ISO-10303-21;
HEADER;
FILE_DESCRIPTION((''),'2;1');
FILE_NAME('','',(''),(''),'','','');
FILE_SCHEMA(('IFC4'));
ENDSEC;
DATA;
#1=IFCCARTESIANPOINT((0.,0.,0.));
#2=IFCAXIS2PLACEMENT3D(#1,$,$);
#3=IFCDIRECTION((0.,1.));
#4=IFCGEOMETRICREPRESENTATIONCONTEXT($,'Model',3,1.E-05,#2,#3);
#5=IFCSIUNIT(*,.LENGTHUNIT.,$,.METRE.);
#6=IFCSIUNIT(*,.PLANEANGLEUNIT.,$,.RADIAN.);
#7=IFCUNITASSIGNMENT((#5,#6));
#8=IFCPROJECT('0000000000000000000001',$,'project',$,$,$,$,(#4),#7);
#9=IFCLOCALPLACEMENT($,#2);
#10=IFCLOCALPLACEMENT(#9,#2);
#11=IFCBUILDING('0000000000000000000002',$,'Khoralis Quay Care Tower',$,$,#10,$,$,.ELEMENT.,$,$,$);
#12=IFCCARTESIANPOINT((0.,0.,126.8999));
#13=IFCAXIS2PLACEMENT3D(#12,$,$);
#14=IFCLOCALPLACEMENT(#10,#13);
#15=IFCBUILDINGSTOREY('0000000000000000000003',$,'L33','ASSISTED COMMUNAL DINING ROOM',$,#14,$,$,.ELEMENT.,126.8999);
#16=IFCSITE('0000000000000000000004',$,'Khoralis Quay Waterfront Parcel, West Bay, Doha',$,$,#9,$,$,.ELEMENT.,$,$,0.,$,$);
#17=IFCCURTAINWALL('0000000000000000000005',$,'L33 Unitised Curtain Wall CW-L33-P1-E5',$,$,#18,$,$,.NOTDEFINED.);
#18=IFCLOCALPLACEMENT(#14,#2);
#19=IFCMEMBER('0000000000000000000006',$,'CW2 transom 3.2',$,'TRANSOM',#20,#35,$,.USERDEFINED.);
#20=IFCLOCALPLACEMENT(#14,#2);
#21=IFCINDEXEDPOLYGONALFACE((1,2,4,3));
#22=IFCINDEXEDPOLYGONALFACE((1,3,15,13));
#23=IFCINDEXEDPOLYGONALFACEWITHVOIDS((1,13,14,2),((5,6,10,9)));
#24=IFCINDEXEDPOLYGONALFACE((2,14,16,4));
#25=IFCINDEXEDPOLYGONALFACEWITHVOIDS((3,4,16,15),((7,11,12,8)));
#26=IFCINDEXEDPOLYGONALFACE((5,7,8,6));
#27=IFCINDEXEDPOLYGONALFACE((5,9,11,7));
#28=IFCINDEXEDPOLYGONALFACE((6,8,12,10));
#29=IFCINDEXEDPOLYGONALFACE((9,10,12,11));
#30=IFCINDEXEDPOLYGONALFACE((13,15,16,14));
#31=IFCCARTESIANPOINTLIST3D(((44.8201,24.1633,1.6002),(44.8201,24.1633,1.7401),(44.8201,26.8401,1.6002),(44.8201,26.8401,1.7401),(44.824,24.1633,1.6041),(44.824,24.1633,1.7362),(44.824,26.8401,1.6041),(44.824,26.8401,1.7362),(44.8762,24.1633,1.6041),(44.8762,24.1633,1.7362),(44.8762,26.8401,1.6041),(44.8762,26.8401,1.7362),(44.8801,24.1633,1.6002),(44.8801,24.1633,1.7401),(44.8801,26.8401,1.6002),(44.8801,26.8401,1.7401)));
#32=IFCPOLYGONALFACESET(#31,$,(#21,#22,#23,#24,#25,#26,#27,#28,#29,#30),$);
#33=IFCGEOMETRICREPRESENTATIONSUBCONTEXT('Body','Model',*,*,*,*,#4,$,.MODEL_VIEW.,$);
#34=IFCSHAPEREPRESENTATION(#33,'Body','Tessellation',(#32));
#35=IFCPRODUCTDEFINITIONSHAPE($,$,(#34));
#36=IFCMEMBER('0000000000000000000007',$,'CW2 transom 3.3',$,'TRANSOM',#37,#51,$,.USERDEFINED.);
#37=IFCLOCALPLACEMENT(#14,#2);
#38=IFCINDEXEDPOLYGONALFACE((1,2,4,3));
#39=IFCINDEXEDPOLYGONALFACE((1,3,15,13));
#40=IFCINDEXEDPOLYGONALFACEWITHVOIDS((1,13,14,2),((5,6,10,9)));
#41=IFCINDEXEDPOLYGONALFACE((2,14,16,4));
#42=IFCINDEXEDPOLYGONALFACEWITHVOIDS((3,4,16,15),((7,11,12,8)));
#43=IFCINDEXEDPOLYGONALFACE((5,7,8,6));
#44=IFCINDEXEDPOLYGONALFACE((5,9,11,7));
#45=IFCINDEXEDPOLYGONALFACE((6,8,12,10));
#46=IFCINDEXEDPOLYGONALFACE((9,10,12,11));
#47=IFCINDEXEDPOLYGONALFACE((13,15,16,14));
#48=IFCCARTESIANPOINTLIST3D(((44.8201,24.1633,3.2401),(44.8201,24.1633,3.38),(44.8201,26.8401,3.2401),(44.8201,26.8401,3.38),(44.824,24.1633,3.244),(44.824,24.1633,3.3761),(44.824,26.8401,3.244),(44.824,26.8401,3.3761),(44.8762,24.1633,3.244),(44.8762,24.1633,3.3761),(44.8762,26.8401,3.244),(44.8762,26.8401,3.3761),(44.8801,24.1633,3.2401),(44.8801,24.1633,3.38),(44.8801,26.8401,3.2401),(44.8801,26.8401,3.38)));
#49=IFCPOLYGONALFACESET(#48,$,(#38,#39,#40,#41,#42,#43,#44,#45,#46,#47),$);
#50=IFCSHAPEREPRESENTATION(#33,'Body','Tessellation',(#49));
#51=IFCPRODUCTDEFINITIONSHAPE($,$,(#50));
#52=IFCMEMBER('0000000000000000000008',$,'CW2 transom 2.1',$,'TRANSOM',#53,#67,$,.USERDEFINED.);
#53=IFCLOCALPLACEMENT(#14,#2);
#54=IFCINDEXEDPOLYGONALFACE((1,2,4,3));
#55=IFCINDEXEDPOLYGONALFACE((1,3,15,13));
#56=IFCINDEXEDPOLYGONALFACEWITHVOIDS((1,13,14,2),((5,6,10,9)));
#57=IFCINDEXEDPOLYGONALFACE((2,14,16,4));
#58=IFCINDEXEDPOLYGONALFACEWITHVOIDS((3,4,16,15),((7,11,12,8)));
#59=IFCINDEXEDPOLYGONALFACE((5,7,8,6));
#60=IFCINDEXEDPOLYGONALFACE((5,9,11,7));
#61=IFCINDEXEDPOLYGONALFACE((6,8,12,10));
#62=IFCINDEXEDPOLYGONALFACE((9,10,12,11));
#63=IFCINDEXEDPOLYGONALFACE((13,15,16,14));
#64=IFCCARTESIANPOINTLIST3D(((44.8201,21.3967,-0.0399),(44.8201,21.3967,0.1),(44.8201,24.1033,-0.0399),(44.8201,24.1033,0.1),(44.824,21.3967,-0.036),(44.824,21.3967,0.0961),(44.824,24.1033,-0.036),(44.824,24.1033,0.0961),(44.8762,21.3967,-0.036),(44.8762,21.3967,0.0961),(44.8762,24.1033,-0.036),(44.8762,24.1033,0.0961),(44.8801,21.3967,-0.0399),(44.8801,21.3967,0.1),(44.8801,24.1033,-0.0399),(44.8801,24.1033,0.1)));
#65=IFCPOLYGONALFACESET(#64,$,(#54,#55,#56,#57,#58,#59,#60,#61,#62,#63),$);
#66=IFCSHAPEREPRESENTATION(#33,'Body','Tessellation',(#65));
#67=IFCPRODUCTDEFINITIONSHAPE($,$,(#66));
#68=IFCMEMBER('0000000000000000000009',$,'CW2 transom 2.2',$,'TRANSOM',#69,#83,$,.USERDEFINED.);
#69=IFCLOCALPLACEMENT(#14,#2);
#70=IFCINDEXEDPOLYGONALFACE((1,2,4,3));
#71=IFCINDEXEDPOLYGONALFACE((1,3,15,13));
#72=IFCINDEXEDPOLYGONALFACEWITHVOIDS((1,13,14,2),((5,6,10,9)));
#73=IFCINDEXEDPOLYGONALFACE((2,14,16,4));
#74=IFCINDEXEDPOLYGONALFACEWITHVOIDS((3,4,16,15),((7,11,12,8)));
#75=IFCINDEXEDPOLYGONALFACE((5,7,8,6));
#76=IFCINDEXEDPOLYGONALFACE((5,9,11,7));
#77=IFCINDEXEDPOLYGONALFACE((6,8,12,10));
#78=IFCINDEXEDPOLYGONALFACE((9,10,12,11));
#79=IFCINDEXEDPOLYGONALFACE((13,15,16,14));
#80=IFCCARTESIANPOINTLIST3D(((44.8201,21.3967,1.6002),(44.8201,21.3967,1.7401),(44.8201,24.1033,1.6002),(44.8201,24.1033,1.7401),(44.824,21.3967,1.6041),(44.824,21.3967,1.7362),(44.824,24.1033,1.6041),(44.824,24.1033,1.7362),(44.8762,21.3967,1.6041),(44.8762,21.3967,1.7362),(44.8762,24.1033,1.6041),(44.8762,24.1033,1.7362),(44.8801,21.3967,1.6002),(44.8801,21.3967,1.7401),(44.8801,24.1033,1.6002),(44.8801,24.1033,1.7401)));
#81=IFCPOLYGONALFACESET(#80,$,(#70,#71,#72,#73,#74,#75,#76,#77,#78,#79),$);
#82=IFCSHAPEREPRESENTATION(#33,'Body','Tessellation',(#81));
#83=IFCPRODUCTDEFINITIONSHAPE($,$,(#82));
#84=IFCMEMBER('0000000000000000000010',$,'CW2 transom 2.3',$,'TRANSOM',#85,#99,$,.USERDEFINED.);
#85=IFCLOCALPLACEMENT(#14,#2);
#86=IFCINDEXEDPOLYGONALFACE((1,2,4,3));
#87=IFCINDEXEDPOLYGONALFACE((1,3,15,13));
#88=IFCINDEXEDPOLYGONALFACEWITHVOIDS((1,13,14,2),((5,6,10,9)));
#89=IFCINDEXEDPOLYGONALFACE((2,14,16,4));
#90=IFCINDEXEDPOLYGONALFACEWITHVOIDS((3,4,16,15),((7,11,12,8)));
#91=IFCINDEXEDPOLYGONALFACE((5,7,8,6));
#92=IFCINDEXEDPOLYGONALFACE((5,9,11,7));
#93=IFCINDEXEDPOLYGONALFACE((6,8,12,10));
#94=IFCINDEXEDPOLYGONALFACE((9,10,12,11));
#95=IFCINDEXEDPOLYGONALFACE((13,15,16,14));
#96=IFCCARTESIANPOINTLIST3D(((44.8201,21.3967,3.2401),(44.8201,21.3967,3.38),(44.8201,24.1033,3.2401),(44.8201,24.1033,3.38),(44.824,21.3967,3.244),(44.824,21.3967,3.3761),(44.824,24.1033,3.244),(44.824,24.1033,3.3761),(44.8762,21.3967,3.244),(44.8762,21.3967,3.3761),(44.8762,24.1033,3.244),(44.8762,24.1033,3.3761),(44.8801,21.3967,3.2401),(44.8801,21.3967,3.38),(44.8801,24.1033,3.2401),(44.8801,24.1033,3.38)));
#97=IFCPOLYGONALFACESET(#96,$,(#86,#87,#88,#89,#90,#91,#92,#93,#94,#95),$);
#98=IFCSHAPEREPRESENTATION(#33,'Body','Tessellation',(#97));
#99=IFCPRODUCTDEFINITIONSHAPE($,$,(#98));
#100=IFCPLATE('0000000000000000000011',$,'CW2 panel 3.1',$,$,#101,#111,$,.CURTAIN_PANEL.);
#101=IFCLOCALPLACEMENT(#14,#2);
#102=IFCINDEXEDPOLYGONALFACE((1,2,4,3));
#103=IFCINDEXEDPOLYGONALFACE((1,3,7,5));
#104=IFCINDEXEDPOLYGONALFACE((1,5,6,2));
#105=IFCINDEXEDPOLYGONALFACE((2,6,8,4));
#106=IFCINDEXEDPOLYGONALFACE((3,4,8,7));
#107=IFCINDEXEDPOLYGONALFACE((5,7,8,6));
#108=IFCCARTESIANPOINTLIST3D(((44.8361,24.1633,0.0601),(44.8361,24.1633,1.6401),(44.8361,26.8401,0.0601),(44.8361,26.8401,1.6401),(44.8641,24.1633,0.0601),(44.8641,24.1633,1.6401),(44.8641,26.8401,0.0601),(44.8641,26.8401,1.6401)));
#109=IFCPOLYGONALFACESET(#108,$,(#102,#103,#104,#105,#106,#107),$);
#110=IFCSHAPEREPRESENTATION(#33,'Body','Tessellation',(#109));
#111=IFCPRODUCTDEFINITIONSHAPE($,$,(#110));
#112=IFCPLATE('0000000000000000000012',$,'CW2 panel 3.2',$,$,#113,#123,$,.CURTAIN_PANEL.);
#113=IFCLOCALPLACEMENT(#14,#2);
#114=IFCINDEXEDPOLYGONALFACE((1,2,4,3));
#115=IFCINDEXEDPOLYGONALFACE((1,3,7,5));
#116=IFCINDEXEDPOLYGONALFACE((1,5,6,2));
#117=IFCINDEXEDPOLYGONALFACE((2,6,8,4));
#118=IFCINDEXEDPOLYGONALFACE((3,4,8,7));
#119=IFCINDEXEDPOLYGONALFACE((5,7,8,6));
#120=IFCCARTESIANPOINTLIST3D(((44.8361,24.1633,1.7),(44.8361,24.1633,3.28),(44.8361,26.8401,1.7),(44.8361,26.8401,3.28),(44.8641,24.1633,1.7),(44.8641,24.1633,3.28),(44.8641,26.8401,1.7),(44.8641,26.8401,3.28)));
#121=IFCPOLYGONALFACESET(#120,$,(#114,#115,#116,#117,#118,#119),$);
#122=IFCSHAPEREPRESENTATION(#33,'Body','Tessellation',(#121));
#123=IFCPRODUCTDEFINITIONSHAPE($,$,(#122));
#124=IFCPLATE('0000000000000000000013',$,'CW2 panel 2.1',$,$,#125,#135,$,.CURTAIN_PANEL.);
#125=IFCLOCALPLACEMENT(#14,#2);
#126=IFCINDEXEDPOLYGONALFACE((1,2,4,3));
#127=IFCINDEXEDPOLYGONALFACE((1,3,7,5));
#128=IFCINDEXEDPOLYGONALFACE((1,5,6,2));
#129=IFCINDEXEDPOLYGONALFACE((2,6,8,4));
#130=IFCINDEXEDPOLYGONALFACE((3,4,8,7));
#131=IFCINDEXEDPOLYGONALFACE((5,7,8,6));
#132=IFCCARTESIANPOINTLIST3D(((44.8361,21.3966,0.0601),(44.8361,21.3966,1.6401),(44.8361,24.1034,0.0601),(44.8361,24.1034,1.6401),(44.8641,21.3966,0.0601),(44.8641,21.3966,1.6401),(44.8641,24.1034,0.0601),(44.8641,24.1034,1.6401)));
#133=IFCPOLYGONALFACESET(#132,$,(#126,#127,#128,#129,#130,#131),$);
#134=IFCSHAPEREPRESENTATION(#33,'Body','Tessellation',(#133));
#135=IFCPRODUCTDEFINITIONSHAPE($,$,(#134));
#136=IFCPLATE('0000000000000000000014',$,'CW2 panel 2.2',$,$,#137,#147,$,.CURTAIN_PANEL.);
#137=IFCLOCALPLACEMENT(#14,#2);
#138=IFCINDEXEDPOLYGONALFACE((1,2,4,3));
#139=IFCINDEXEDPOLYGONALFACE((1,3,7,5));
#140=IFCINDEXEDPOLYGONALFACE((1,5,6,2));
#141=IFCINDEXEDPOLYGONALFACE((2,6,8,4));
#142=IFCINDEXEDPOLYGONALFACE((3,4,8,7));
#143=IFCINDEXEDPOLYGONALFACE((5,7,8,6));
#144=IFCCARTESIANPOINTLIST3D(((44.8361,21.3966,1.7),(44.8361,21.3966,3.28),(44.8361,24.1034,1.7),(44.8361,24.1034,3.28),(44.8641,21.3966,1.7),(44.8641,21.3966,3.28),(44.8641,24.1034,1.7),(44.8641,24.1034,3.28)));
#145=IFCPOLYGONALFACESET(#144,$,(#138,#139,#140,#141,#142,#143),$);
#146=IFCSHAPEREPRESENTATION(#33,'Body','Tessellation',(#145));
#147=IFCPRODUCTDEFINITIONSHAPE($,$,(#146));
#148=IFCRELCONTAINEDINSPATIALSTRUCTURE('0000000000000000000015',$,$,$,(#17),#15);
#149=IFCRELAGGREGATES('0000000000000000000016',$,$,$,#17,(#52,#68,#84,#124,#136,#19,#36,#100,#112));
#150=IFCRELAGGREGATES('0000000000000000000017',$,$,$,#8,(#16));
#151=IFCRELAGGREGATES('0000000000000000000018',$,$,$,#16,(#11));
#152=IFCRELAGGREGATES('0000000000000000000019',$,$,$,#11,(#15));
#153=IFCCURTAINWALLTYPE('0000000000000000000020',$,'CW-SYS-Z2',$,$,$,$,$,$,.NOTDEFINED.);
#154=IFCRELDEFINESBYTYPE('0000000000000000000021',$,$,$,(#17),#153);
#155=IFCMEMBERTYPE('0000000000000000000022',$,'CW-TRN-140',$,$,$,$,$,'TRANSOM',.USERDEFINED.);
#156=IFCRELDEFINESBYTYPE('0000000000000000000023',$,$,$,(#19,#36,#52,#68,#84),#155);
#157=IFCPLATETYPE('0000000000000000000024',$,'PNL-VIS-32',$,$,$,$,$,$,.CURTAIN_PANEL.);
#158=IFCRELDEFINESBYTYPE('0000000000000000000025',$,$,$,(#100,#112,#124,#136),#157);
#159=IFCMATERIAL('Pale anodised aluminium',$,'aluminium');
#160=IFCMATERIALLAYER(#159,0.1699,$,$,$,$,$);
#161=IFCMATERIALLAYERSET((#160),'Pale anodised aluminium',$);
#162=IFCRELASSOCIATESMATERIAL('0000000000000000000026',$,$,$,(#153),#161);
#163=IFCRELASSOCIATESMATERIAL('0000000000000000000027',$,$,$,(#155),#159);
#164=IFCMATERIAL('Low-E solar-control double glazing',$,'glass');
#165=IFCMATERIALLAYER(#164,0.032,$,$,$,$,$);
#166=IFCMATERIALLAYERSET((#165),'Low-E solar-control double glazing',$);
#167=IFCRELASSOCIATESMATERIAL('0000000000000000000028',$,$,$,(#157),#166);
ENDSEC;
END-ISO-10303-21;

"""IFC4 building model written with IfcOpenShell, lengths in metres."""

from ifc_helpers import new_model, si_unit, direction, frame, origin, origin_2d, place, context, subcontext, project, spatial, rectangle, hollow_rectangle, extrude, source, transform, mapped, material, layer, layer_set, material_profile, profile_set, type_object, element, aggregate, save


model = new_model("IFC4")

# Units and contexts
model_context = context("Model", 3, precision=1e-05, world=origin(), true_north=direction((0.0, 1.0)))
body_context = subcontext(model_context, "Body", "Model", "MODEL_VIEW")
ifc_project = project(units=[si_unit("LENGTHUNIT", "METRE"), si_unit("PLANEANGLEUNIT", "RADIAN")], contexts=[model_context])

# Site, building, storey
site_placement = place(None, origin())
site = spatial("IfcSite", under=ifc_project, at=site_placement, Name="Khoralis Quay Waterfront Parcel, West Bay, Doha", CompositionType="ELEMENT", RefElevation=0.0)
building_placement = place(site_placement, origin())
building = spatial("IfcBuilding", under=site, at=building_placement, Name="Khoralis Quay Care Tower", CompositionType="ELEMENT")
storey_placement = place(building_placement, frame((0.0, 0.0, 126.8999)))
storey = spatial("IfcBuildingStorey", under=building, at=storey_placement, Name="L33", Description="ASSISTED COMMUNAL DINING ROOM", CompositionType="ELEMENT", Elevation=126.8999)

# Curtain wall, members, plates
ifc_material_1 = material(Name="Pale anodised aluminium", Category="aluminium")
ifc_layer_1 = layer(ifc_material_1, 0.1699)
ifc_layer_set_1 = layer_set([ifc_layer_1], Name="Pale anodised aluminium")
curtain_wall_type = type_object("IfcCurtainWallType", Name="CW-SYS-Z2", PredefinedType="NOTDEFINED", material=ifc_layer_set_1)
curtain_wall_placement = place(storey_placement, origin())
curtain_wall = element("IfcCurtainWall", 1, at=curtain_wall_placement, inside=storey, type_object=curtain_wall_type, Name="L33 Unitised Curtain Wall CW-L33-P1-E5", PredefinedType="NOTDEFINED")
ifc_material_profile_1 = material_profile(ifc_material_1, hollow_rectangle(XDim=0.0601, YDim=0.1399, WallThickness=0.0039, at=origin_2d()), Name="Pale anodised aluminium")
ifc_profile_set_1 = profile_set([ifc_material_profile_1], Name="Pale anodised aluminium")
member_type_1 = type_object("IfcMemberType", Name="CW-TRN-140", ElementType="TRANSOM", PredefinedType="USERDEFINED", material=ifc_profile_set_1)
shared_shape_1 = source(origin(), body_context, "Body", "SweptSolid", [
    extrude(hollow_rectangle(XDim=0.0601, YDim=0.1399, WallThickness=0.0039, at=origin_2d()), origin(), (0.0, 0.0, 1.0), 2.6768),
])
member_1_placement = place(storey_placement, frame((44.8501, 24.1633, 1.6702), z_axis=(0.0, 1.0, 0.0), x_axis=(-1.0, 0.0, 0.0)))
member_1 = element("IfcMember", 2, at=member_1_placement, type_object=member_type_1, Name="CW2 transom 3.2", ObjectType="TRANSOM", PredefinedType="USERDEFINED", context=body_context, shape_type="MappedRepresentation", body=[
    mapped(shared_shape_1, transform((0.0, 0.0, 0.0), scale=1.0)),
])
member_2_placement = place(storey_placement, frame((44.8501, 24.1633, 3.3101), z_axis=(0.0, 1.0, 0.0), x_axis=(-1.0, 0.0, 0.0)))
member_2 = element("IfcMember", 3, at=member_2_placement, type_object=member_type_1, Name="CW2 transom 3.3", ObjectType="TRANSOM", PredefinedType="USERDEFINED", context=body_context, shape_type="MappedRepresentation", body=[
    mapped(shared_shape_1, transform((0.0, 0.0, 0.0), scale=1.0)),
])
shared_shape_2 = source(origin(), body_context, "Body", "SweptSolid", [
    extrude(hollow_rectangle(XDim=0.0601, YDim=0.1399, WallThickness=0.0039, at=origin_2d()), origin(), (0.0, 0.0, 1.0), 2.7065),
])
member_3_placement = place(storey_placement, frame((44.8501, 21.3967, 0.03), z_axis=(0.0, 1.0, 0.0), x_axis=(-1.0, 0.0, 0.0)))
member_3 = element("IfcMember", 4, at=member_3_placement, type_object=member_type_1, Name="CW2 transom 2.1", ObjectType="TRANSOM", PredefinedType="USERDEFINED", context=body_context, shape_type="MappedRepresentation", body=[
    mapped(shared_shape_2, transform((0.0, 0.0, 0.0), scale=1.0)),
])
member_4_placement = place(storey_placement, frame((44.8501, 21.3967, 1.6702), z_axis=(0.0, 1.0, 0.0), x_axis=(-1.0, 0.0, 0.0)))
member_4 = element("IfcMember", 5, at=member_4_placement, type_object=member_type_1, Name="CW2 transom 2.2", ObjectType="TRANSOM", PredefinedType="USERDEFINED", context=body_context, shape_type="MappedRepresentation", body=[
    mapped(shared_shape_2, transform((0.0, 0.0, 0.0), scale=1.0)),
])
member_5_placement = place(storey_placement, frame((44.8501, 21.3967, 3.3101), z_axis=(0.0, 1.0, 0.0), x_axis=(-1.0, 0.0, 0.0)))
member_5 = element("IfcMember", 6, at=member_5_placement, type_object=member_type_1, Name="CW2 transom 2.3", ObjectType="TRANSOM", PredefinedType="USERDEFINED", context=body_context, shape_type="MappedRepresentation", body=[
    mapped(shared_shape_2, transform((0.0, 0.0, 0.0), scale=1.0)),
])
ifc_material_2 = material(Name="Low-E solar-control double glazing", Category="glass")
ifc_layer_2 = layer(ifc_material_2, 0.032)
ifc_layer_set_2 = layer_set([ifc_layer_2], Name="Low-E solar-control double glazing")
plate_type = type_object("IfcPlateType", Name="PNL-VIS-32", PredefinedType="CURTAIN_PANEL", material=ifc_layer_set_2)
shared_shape_3 = source(origin(), body_context, "Body", "SweptSolid", [
    extrude(rectangle(XDim=2.6768, YDim=0.0281, at=origin_2d()), origin(), (0.0, 0.0, 1.0), 1.5801),
])
plate_1_placement = place(storey_placement, frame((44.8501, 25.5017, 0.0601), z_axis=(0.0, 0.0, 1.0), x_axis=(0.0, 1.0, 0.0)))
plate_1 = element("IfcPlate", 7, at=plate_1_placement, type_object=plate_type, Name="CW2 panel 3.1", PredefinedType="CURTAIN_PANEL", context=body_context, shape_type="MappedRepresentation", body=[
    mapped(shared_shape_3, transform((0.0, 0.0, 0.0), scale=1.0)),
])
plate_2_placement = place(storey_placement, frame((44.8501, 25.5017, 1.7), z_axis=(0.0, 0.0, 1.0), x_axis=(0.0, 1.0, 0.0)))
plate_2 = element("IfcPlate", 8, at=plate_2_placement, type_object=plate_type, Name="CW2 panel 3.2", PredefinedType="CURTAIN_PANEL", context=body_context, shape_type="MappedRepresentation", body=[
    mapped(shared_shape_3, transform((0.0, 0.0, 0.0), scale=1.0)),
])
shared_shape_4 = source(origin(), body_context, "Body", "SweptSolid", [
    extrude(rectangle(XDim=2.7068, YDim=0.0281, at=origin_2d()), origin(), (0.0, 0.0, 1.0), 1.5801),
])
plate_3_placement = place(storey_placement, frame((44.8501, 22.75, 0.0601), z_axis=(0.0, 0.0, 1.0), x_axis=(0.0, 1.0, 0.0)))
plate_3 = element("IfcPlate", 9, at=plate_3_placement, type_object=plate_type, Name="CW2 panel 2.1", PredefinedType="CURTAIN_PANEL", context=body_context, shape_type="MappedRepresentation", body=[
    mapped(shared_shape_4, transform((0.0, 0.0, 0.0), scale=1.0)),
])
plate_4_placement = place(storey_placement, frame((44.8501, 22.75, 1.7), z_axis=(0.0, 0.0, 1.0), x_axis=(0.0, 1.0, 0.0)))
plate_4 = element("IfcPlate", 10, at=plate_4_placement, type_object=plate_type, Name="CW2 panel 2.2", PredefinedType="CURTAIN_PANEL", context=body_context, shape_type="MappedRepresentation", body=[
    mapped(shared_shape_4, transform((0.0, 0.0, 0.0), scale=1.0)),
])
aggregate(curtain_wall, [member_3, member_4, member_5, plate_3, plate_4, member_1, member_2, plate_1, plate_2])

save(model, "model.ifc")
